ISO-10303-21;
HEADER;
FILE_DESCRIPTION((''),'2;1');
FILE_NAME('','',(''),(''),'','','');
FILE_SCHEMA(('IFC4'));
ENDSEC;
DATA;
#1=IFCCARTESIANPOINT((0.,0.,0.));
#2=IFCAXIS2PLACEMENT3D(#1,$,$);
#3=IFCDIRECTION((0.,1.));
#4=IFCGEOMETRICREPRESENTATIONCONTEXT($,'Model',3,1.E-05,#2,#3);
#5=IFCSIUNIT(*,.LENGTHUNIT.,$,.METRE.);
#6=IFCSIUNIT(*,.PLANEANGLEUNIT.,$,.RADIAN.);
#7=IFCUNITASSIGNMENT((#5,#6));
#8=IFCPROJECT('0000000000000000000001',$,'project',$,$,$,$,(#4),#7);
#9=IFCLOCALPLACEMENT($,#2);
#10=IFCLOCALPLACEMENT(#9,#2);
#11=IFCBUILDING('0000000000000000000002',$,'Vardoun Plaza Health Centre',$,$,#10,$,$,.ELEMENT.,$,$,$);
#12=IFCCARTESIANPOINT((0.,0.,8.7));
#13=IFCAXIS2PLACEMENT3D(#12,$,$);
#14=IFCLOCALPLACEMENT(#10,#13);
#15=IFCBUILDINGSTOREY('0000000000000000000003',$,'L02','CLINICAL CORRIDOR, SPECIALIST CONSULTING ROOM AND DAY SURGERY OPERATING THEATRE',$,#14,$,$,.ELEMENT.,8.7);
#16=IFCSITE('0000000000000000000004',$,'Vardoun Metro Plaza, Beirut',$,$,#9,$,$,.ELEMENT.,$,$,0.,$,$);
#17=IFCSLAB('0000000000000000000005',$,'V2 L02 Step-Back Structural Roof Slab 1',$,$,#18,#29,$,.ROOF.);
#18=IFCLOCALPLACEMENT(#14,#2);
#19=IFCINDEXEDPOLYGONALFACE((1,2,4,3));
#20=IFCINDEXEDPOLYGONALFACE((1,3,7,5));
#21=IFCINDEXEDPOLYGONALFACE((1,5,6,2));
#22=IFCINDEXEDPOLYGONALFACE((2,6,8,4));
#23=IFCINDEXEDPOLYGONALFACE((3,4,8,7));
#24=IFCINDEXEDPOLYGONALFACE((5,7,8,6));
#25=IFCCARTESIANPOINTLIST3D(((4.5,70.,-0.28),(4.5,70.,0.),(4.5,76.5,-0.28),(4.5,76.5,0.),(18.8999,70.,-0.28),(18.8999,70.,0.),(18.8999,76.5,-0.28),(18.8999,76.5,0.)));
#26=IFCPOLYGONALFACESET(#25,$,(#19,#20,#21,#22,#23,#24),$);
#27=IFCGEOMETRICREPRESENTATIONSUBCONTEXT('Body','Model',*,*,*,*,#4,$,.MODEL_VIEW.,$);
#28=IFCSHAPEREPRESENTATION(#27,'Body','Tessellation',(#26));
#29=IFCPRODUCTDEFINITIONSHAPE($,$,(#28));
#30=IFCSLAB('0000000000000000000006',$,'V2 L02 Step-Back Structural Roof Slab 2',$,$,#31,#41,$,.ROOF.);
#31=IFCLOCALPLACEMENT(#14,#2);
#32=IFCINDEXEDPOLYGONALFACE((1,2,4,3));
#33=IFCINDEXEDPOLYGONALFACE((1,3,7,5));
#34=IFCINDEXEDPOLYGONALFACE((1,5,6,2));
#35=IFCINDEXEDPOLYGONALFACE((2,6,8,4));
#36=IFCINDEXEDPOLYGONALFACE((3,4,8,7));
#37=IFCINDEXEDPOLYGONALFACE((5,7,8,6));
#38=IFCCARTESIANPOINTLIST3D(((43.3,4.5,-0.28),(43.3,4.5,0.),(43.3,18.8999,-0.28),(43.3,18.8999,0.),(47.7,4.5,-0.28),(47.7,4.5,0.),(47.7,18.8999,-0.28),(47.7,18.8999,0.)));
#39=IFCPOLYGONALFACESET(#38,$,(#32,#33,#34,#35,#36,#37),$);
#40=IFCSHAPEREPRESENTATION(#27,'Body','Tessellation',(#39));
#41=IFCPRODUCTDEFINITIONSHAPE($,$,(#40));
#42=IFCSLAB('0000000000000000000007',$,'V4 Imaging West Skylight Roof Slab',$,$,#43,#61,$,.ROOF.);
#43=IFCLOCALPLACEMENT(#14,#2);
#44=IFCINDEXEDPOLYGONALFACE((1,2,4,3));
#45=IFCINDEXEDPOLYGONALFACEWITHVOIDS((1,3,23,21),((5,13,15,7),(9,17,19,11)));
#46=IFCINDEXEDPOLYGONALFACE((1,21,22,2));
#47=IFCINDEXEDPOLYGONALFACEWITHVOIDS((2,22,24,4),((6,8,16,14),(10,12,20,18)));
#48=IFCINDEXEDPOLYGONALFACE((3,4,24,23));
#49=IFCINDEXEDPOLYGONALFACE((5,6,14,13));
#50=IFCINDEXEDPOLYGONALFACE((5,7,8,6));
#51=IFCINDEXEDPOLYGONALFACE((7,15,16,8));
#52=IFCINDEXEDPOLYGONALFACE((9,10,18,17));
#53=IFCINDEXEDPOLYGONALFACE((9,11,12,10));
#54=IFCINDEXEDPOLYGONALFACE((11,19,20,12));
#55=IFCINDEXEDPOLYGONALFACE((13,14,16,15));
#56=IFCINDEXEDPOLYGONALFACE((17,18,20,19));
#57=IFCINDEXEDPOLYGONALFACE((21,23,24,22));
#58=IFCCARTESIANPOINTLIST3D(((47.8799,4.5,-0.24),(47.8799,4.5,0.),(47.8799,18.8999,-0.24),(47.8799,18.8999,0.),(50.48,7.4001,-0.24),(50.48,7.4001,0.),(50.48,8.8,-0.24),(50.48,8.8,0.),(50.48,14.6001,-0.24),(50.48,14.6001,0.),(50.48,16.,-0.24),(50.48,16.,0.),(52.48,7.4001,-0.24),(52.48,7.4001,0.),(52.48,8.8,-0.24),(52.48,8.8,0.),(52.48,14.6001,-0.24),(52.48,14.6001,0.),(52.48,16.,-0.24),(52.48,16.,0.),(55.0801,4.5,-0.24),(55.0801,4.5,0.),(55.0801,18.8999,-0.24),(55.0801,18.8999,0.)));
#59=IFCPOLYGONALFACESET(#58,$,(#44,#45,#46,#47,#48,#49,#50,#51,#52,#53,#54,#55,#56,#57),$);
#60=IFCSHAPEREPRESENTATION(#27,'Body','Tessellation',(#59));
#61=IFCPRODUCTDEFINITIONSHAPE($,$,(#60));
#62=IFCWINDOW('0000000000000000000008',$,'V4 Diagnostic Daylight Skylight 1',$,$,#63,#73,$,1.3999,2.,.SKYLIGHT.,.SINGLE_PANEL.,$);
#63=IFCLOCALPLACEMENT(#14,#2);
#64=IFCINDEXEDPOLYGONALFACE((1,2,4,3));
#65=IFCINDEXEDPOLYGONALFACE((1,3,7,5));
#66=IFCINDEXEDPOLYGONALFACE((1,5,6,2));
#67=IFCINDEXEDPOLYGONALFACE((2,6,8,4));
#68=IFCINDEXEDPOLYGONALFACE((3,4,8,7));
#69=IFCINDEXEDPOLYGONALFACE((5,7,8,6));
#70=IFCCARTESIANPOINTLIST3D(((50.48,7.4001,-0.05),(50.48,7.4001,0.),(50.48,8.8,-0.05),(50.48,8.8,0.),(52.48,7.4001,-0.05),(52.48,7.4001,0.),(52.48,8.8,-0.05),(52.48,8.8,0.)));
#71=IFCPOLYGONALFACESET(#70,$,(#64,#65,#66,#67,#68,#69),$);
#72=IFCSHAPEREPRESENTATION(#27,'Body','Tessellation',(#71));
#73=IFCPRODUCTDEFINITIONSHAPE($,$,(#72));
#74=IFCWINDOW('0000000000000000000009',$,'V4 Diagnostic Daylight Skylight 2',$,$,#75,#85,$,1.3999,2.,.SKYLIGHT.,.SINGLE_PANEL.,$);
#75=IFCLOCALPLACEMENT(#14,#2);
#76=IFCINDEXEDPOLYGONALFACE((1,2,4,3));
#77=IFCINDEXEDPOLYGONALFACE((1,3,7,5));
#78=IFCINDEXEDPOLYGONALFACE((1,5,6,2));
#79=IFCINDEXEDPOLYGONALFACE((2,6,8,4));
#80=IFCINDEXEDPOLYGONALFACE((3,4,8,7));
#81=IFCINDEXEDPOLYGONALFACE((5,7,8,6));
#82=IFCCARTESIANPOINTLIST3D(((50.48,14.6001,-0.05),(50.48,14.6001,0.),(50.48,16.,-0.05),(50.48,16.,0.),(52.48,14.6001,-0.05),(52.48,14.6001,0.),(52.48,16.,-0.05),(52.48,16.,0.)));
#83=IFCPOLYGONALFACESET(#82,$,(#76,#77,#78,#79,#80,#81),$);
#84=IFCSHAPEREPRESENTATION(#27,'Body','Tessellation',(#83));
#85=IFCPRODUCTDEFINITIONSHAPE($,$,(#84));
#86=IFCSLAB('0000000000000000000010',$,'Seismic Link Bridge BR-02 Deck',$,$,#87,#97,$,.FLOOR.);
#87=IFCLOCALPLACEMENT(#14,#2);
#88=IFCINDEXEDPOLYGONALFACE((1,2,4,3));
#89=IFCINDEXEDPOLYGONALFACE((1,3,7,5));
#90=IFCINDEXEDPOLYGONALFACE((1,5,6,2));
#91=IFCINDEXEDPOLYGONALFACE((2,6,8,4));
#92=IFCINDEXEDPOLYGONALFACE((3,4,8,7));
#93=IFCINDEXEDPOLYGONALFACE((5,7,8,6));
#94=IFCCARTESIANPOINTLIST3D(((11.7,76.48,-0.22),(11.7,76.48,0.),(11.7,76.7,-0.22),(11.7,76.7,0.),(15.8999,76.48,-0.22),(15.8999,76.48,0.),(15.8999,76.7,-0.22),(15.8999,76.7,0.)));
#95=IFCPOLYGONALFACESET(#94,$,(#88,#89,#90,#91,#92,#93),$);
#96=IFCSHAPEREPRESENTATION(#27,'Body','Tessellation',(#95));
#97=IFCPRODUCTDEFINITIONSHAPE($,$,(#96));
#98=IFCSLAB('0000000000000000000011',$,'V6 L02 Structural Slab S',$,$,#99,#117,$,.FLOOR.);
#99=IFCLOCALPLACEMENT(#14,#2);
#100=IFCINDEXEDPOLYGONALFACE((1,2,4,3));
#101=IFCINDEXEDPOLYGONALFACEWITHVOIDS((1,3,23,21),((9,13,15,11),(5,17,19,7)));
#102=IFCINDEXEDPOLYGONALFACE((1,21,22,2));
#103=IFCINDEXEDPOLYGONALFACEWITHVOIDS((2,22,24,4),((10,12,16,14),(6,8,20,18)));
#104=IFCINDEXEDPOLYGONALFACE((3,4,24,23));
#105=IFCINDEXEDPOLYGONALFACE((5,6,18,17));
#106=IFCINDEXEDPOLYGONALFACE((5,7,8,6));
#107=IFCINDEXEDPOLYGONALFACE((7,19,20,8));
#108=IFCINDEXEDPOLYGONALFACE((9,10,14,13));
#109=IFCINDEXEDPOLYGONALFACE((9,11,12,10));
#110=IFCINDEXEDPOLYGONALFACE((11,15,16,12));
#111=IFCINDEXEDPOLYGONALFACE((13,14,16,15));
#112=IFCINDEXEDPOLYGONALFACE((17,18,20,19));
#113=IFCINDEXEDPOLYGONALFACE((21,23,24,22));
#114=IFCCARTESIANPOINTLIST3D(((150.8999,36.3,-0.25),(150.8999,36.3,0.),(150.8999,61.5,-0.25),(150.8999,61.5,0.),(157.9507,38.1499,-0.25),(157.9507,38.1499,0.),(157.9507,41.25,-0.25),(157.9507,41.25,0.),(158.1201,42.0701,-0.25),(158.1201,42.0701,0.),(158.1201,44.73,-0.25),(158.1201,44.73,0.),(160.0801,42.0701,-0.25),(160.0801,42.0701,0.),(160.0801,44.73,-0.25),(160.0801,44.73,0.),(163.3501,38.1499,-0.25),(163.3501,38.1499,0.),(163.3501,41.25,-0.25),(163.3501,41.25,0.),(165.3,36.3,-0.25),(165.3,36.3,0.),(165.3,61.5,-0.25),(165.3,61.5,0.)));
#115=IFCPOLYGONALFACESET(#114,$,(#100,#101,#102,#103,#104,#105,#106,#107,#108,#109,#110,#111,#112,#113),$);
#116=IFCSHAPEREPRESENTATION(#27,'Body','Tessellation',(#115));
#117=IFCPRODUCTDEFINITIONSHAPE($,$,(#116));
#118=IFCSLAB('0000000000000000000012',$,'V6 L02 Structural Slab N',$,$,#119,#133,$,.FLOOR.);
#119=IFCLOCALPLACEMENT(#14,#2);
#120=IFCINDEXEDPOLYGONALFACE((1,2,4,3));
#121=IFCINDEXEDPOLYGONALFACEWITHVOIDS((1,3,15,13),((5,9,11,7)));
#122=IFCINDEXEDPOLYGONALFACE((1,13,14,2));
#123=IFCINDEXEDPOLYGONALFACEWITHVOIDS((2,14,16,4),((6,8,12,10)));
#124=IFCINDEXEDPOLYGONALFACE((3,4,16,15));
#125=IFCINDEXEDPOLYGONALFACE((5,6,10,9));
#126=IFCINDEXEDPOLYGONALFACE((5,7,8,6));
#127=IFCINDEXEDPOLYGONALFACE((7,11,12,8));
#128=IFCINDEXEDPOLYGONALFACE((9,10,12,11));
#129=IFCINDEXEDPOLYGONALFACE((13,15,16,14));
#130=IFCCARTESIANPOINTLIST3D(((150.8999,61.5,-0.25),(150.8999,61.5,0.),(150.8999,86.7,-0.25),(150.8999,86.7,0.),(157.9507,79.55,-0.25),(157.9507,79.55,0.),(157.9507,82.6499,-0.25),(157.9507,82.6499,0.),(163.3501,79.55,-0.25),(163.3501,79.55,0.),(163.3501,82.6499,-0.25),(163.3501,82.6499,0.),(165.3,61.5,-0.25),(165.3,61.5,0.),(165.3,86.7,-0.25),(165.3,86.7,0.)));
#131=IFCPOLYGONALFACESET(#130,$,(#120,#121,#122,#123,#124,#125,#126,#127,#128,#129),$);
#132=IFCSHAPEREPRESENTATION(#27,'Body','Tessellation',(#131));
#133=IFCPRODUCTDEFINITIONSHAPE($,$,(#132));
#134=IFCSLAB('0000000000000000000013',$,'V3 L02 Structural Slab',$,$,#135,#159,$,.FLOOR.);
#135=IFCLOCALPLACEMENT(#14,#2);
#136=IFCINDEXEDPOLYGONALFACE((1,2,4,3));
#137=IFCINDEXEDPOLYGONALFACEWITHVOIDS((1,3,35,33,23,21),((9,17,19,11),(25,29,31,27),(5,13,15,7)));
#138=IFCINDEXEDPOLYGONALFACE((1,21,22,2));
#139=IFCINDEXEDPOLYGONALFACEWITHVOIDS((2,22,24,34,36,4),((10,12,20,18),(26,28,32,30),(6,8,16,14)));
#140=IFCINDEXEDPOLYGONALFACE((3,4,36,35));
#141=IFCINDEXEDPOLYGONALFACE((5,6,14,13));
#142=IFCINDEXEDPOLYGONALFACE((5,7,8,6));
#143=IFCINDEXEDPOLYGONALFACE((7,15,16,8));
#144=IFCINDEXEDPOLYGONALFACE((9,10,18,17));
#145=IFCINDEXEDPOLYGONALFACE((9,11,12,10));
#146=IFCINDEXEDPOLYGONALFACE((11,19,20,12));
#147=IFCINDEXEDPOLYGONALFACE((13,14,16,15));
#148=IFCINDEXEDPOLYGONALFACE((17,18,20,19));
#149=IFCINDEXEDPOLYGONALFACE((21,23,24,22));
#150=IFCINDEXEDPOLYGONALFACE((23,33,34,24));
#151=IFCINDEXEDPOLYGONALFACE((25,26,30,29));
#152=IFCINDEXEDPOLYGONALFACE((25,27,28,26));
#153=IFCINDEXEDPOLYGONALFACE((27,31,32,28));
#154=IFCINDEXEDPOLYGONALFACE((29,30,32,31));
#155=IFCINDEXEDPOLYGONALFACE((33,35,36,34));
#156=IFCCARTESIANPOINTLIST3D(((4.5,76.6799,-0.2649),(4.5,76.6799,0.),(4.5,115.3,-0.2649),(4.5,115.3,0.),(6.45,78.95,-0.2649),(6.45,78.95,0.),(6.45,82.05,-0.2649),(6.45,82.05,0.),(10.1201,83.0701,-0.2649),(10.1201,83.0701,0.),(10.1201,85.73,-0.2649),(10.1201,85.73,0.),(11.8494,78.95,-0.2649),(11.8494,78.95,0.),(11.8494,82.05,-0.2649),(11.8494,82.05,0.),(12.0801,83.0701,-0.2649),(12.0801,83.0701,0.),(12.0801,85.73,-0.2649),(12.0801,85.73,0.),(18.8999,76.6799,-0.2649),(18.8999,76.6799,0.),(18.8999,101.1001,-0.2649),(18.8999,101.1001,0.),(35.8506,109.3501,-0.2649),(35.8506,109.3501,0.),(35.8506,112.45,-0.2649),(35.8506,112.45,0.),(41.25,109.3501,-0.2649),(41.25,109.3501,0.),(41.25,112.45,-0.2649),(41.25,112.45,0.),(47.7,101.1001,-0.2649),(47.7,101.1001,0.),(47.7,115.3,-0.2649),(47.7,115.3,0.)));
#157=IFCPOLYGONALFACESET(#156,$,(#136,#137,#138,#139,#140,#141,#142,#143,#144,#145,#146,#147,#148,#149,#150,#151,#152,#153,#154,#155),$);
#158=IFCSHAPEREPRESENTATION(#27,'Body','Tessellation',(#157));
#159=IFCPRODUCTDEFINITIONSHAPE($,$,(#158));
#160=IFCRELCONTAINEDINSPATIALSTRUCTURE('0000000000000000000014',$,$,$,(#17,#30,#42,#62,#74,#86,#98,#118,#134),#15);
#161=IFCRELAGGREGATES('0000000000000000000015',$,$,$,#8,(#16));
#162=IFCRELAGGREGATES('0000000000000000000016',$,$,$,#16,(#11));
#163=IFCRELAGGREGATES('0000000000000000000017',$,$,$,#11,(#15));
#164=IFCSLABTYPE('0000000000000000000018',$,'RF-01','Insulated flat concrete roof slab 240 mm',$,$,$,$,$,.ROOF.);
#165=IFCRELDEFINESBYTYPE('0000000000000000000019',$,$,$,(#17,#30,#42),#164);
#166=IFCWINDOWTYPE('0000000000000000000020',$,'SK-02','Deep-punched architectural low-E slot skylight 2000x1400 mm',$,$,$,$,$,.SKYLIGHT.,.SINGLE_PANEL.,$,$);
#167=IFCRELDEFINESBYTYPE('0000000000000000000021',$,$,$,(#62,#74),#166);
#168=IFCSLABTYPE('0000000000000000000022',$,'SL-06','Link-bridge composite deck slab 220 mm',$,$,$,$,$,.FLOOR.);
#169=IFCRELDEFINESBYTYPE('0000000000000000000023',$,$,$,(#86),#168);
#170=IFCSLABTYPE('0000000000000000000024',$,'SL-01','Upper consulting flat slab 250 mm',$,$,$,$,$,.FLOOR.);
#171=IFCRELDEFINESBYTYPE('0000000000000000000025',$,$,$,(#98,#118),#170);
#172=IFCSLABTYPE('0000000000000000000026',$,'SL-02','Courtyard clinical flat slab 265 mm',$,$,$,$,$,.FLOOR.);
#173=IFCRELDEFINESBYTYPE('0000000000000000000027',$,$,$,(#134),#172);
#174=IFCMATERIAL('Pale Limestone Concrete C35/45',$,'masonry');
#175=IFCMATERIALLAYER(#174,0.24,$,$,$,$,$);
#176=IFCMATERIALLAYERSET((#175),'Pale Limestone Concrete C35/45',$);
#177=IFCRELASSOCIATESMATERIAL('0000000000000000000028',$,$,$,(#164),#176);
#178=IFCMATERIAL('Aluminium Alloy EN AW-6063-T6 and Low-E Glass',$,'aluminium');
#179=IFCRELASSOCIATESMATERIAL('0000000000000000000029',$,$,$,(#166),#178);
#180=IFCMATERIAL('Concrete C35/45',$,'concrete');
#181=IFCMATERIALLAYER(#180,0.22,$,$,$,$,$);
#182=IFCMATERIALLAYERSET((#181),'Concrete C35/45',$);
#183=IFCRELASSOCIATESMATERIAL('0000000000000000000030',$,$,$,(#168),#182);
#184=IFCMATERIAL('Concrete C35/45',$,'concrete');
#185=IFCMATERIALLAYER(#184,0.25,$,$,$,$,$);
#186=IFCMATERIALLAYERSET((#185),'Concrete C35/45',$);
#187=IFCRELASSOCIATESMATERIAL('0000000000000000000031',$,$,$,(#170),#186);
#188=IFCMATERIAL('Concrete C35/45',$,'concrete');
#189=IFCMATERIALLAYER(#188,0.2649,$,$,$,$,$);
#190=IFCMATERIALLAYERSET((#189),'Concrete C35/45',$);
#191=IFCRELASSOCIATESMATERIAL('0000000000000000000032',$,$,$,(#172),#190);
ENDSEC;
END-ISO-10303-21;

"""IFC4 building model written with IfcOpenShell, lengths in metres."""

from ifc_helpers import new_model, si_unit, direction, frame, origin, origin_2d, place, context, subcontext, project, spatial, polyline, rectangle, outline, extrude, material, layer, layer_set, type_object, element, fill, save


model = new_model("IFC4")

# Units and contexts
model_context = context("Model", 3, precision=1e-05, world=origin(), true_north=direction((0.0, 1.0)))
body_context = subcontext(model_context, "Body", "Model", "MODEL_VIEW")
ifc_project = project(units=[si_unit("LENGTHUNIT", "METRE"), si_unit("PLANEANGLEUNIT", "RADIAN")], contexts=[model_context])

# Site, building, storey
site_placement = place(None, origin())
site = spatial("IfcSite", under=ifc_project, at=site_placement, Name="Vardoun Metro Plaza, Beirut", CompositionType="ELEMENT", RefElevation=0.0)
building_placement = place(site_placement, origin())
building = spatial("IfcBuilding", under=site, at=building_placement, Name="Vardoun Plaza Health Centre", CompositionType="ELEMENT")
storey_placement = place(building_placement, frame((0.0, 0.0, 8.7)))
storey = spatial("IfcBuildingStorey", under=building, at=storey_placement, Name="L02", Description="CLINICAL CORRIDOR, SPECIALIST CONSULTING ROOM AND DAY SURGERY OPERATING THEATRE", CompositionType="ELEMENT", Elevation=8.7)

# Slabs
ifc_material_1 = material(Name="Pale Limestone Concrete C35/45", Category="masonry")
ifc_layer_1 = layer(ifc_material_1, 0.24)
ifc_layer_set_1 = layer_set([ifc_layer_1], Name="Pale Limestone Concrete C35/45")
slab_type_1 = type_object("IfcSlabType", Name="RF-01", Description="Insulated flat concrete roof slab 240 mm", PredefinedType="ROOF", material=ifc_layer_set_1)
slab_1_placement = place(storey_placement, frame((0.0, 0.0, -0.28)))
element("IfcSlab", 1, at=slab_1_placement, inside=storey, type_object=slab_type_1, Name="V2 L02 Step-Back Structural Roof Slab 1", PredefinedType="ROOF", context=body_context, shape_type="SweptSolid", body=[
    extrude(outline(polyline([(4.5, 70.0), (18.8999, 70.0), (18.8999, 76.5), (4.5, 76.5), (4.5, 70.0)])), origin(), (0.0, 0.0, 1.0), 0.28),
])
slab_2_placement = place(storey_placement, frame((0.0, 0.0, -0.28)))
element("IfcSlab", 2, at=slab_2_placement, inside=storey, type_object=slab_type_1, Name="V2 L02 Step-Back Structural Roof Slab 2", PredefinedType="ROOF", context=body_context, shape_type="SweptSolid", body=[
    extrude(outline(polyline([(43.3, 4.5), (47.7, 4.5), (47.7, 18.8999), (43.3, 18.8999), (43.3, 4.5)])), origin(), (0.0, 0.0, 1.0), 0.28),
])

# Slab, openings, windows
slab_3_placement = place(storey_placement, frame((0.0, 0.0, -0.24)))
slab_3 = element("IfcSlab", 3, at=slab_3_placement, inside=storey, type_object=slab_type_1, Name="V4 Imaging West Skylight Roof Slab", PredefinedType="ROOF", context=body_context, shape_type="SweptSolid", body=[
    extrude(outline(polyline([(47.8799, 4.5), (55.0801, 4.5), (55.0801, 18.8999), (47.8799, 18.8999), (47.8799, 4.5)])), origin(), (0.0, 0.0, 1.0), 0.24),
])
opening_1_placement = place(slab_3_placement, frame((51.48, 8.1001, 0.0)))
opening_1 = element("IfcOpeningElement", 4, at=opening_1_placement, cuts=slab_3, PredefinedType="OPENING", context=body_context, shape_type="SweptSolid", body=[
    extrude(rectangle(XDim=2.0, YDim=1.3999, at=origin_2d()), origin(), (0.0, 0.0, 1.0), 0.24),
])
opening_2_placement = place(slab_3_placement, frame((51.48, 15.3, 0.0)))
opening_2 = element("IfcOpeningElement", 5, at=opening_2_placement, cuts=slab_3, PredefinedType="OPENING", context=body_context, shape_type="SweptSolid", body=[
    extrude(rectangle(XDim=2.0, YDim=1.3999, at=origin_2d()), origin(), (0.0, 0.0, 1.0), 0.24),
])
ifc_material_2 = material(Name="Aluminium Alloy EN AW-6063-T6 and Low-E Glass", Category="aluminium")
window_type = type_object("IfcWindowType", Name="SK-02", Description="Deep-punched architectural low-E slot skylight 2000x1400 mm", PartitioningType="SINGLE_PANEL", PredefinedType="SKYLIGHT", material=ifc_material_2)
window_1_placement = place(opening_1_placement, frame((0.0, 0.0, 0.1899)))
window_1 = element("IfcWindow", 6, at=window_1_placement, inside=storey, type_object=window_type, Name="V4 Diagnostic Daylight Skylight 1", OverallHeight=1.3999, OverallWidth=2.0, PartitioningType="SINGLE_PANEL", PredefinedType="SKYLIGHT", context=body_context, shape_type="SweptSolid", body=[
    extrude(rectangle(XDim=2.0, YDim=1.3999, at=origin_2d()), origin(), (0.0, 0.0, 1.0), 0.05),
])
fill(opening_1, window_1)
window_2_placement = place(opening_2_placement, frame((0.0, 0.0, 0.1899)))
window_2 = element("IfcWindow", 7, at=window_2_placement, inside=storey, type_object=window_type, Name="V4 Diagnostic Daylight Skylight 2", OverallHeight=1.3999, OverallWidth=2.0, PartitioningType="SINGLE_PANEL", PredefinedType="SKYLIGHT", context=body_context, shape_type="SweptSolid", body=[
    extrude(rectangle(XDim=2.0, YDim=1.3999, at=origin_2d()), origin(), (0.0, 0.0, 1.0), 0.05),
])
fill(opening_2, window_2)

# Slabs
ifc_material_3 = material(Name="Concrete C35/45", Category="concrete")
ifc_layer_2 = layer(ifc_material_3, 0.22)
ifc_layer_set_2 = layer_set([ifc_layer_2], Name="Concrete C35/45")
slab_type_2 = type_object("IfcSlabType", Name="SL-06", Description="Link-bridge composite deck slab 220 mm", PredefinedType="FLOOR", material=ifc_layer_set_2)
slab_4_placement = place(storey_placement, frame((0.0, 0.0, -0.22)))
element("IfcSlab", 8, at=slab_4_placement, inside=storey, type_object=slab_type_2, Name="Seismic Link Bridge BR-02 Deck", PredefinedType="FLOOR", context=body_context, shape_type="SweptSolid", body=[
    extrude(outline(polyline([(11.7, 76.48), (15.8999, 76.48), (15.8999, 76.7), (11.7, 76.7), (11.7, 76.48)])), origin(), (0.0, 0.0, 1.0), 0.22),
])
ifc_material_4 = material(Name="Concrete C35/45", Category="concrete")
ifc_layer_3 = layer(ifc_material_4, 0.25)
ifc_layer_set_3 = layer_set([ifc_layer_3], Name="Concrete C35/45")
slab_type_3 = type_object("IfcSlabType", Name="SL-01", Description="Upper consulting flat slab 250 mm", PredefinedType="FLOOR", material=ifc_layer_set_3)
slab_5_placement = place(storey_placement, frame((0.0, 0.0, -0.25)))
element("IfcSlab", 9, at=slab_5_placement, inside=storey, type_object=slab_type_3, Name="V6 L02 Structural Slab S", PredefinedType="FLOOR", context=body_context, shape_type="SweptSolid", body=[
    extrude(outline(polyline([(150.8999, 36.3), (165.3, 36.3), (165.3, 61.5), (150.8999, 61.5), (150.8999, 36.3)]), holes=[polyline([(157.9507, 38.1499), (163.3501, 38.1499), (163.3501, 41.25), (157.9507, 41.25), (157.9507, 38.1499)]), polyline([(158.1201, 42.0701), (160.0801, 42.0701), (160.0801, 44.73), (158.1201, 44.73), (158.1201, 42.0701)])]), origin(), (0.0, 0.0, 1.0), 0.25),
])
slab_6_placement = place(storey_placement, frame((0.0, 0.0, -0.25)))
element("IfcSlab", 10, at=slab_6_placement, inside=storey, type_object=slab_type_3, Name="V6 L02 Structural Slab N", PredefinedType="FLOOR", context=body_context, shape_type="SweptSolid", body=[
    extrude(outline(polyline([(150.8999, 61.5), (165.3, 61.5), (165.3, 86.7), (150.8999, 86.7), (150.8999, 61.5)]), holes=[polyline([(157.9507, 79.55), (163.3501, 79.55), (163.3501, 82.6499), (157.9507, 82.6499), (157.9507, 79.55)])]), origin(), (0.0, 0.0, 1.0), 0.25),
])
ifc_material_5 = material(Name="Concrete C35/45", Category="concrete")
ifc_layer_4 = layer(ifc_material_5, 0.2649)
ifc_layer_set_4 = layer_set([ifc_layer_4], Name="Concrete C35/45")
slab_type_4 = type_object("IfcSlabType", Name="SL-02", Description="Courtyard clinical flat slab 265 mm", PredefinedType="FLOOR", material=ifc_layer_set_4)
slab_7_placement = place(storey_placement, frame((0.0, 0.0, -0.2649)))
element("IfcSlab", 11, at=slab_7_placement, inside=storey, type_object=slab_type_4, Name="V3 L02 Structural Slab", PredefinedType="FLOOR", context=body_context, shape_type="SweptSolid", body=[
    extrude(outline(polyline([(4.5, 76.6799), (18.8999, 76.6799), (18.8999, 101.1001), (47.7, 101.1001), (47.7, 115.3), (4.5, 115.3), (4.5, 76.6799)]), holes=[polyline([(6.45, 78.95), (11.8494, 78.95), (11.8494, 82.05), (6.45, 82.05), (6.45, 78.95)]), polyline([(10.1201, 83.0701), (12.0801, 83.0701), (12.0801, 85.73), (10.1201, 85.73), (10.1201, 83.0701)]), polyline([(35.8506, 109.3501), (41.25, 109.3501), (41.25, 112.45), (35.8506, 112.45), (35.8506, 109.3501)])]), origin(), (0.0, 0.0, 1.0), 0.2649),
])

save(model, "model.ifc")
